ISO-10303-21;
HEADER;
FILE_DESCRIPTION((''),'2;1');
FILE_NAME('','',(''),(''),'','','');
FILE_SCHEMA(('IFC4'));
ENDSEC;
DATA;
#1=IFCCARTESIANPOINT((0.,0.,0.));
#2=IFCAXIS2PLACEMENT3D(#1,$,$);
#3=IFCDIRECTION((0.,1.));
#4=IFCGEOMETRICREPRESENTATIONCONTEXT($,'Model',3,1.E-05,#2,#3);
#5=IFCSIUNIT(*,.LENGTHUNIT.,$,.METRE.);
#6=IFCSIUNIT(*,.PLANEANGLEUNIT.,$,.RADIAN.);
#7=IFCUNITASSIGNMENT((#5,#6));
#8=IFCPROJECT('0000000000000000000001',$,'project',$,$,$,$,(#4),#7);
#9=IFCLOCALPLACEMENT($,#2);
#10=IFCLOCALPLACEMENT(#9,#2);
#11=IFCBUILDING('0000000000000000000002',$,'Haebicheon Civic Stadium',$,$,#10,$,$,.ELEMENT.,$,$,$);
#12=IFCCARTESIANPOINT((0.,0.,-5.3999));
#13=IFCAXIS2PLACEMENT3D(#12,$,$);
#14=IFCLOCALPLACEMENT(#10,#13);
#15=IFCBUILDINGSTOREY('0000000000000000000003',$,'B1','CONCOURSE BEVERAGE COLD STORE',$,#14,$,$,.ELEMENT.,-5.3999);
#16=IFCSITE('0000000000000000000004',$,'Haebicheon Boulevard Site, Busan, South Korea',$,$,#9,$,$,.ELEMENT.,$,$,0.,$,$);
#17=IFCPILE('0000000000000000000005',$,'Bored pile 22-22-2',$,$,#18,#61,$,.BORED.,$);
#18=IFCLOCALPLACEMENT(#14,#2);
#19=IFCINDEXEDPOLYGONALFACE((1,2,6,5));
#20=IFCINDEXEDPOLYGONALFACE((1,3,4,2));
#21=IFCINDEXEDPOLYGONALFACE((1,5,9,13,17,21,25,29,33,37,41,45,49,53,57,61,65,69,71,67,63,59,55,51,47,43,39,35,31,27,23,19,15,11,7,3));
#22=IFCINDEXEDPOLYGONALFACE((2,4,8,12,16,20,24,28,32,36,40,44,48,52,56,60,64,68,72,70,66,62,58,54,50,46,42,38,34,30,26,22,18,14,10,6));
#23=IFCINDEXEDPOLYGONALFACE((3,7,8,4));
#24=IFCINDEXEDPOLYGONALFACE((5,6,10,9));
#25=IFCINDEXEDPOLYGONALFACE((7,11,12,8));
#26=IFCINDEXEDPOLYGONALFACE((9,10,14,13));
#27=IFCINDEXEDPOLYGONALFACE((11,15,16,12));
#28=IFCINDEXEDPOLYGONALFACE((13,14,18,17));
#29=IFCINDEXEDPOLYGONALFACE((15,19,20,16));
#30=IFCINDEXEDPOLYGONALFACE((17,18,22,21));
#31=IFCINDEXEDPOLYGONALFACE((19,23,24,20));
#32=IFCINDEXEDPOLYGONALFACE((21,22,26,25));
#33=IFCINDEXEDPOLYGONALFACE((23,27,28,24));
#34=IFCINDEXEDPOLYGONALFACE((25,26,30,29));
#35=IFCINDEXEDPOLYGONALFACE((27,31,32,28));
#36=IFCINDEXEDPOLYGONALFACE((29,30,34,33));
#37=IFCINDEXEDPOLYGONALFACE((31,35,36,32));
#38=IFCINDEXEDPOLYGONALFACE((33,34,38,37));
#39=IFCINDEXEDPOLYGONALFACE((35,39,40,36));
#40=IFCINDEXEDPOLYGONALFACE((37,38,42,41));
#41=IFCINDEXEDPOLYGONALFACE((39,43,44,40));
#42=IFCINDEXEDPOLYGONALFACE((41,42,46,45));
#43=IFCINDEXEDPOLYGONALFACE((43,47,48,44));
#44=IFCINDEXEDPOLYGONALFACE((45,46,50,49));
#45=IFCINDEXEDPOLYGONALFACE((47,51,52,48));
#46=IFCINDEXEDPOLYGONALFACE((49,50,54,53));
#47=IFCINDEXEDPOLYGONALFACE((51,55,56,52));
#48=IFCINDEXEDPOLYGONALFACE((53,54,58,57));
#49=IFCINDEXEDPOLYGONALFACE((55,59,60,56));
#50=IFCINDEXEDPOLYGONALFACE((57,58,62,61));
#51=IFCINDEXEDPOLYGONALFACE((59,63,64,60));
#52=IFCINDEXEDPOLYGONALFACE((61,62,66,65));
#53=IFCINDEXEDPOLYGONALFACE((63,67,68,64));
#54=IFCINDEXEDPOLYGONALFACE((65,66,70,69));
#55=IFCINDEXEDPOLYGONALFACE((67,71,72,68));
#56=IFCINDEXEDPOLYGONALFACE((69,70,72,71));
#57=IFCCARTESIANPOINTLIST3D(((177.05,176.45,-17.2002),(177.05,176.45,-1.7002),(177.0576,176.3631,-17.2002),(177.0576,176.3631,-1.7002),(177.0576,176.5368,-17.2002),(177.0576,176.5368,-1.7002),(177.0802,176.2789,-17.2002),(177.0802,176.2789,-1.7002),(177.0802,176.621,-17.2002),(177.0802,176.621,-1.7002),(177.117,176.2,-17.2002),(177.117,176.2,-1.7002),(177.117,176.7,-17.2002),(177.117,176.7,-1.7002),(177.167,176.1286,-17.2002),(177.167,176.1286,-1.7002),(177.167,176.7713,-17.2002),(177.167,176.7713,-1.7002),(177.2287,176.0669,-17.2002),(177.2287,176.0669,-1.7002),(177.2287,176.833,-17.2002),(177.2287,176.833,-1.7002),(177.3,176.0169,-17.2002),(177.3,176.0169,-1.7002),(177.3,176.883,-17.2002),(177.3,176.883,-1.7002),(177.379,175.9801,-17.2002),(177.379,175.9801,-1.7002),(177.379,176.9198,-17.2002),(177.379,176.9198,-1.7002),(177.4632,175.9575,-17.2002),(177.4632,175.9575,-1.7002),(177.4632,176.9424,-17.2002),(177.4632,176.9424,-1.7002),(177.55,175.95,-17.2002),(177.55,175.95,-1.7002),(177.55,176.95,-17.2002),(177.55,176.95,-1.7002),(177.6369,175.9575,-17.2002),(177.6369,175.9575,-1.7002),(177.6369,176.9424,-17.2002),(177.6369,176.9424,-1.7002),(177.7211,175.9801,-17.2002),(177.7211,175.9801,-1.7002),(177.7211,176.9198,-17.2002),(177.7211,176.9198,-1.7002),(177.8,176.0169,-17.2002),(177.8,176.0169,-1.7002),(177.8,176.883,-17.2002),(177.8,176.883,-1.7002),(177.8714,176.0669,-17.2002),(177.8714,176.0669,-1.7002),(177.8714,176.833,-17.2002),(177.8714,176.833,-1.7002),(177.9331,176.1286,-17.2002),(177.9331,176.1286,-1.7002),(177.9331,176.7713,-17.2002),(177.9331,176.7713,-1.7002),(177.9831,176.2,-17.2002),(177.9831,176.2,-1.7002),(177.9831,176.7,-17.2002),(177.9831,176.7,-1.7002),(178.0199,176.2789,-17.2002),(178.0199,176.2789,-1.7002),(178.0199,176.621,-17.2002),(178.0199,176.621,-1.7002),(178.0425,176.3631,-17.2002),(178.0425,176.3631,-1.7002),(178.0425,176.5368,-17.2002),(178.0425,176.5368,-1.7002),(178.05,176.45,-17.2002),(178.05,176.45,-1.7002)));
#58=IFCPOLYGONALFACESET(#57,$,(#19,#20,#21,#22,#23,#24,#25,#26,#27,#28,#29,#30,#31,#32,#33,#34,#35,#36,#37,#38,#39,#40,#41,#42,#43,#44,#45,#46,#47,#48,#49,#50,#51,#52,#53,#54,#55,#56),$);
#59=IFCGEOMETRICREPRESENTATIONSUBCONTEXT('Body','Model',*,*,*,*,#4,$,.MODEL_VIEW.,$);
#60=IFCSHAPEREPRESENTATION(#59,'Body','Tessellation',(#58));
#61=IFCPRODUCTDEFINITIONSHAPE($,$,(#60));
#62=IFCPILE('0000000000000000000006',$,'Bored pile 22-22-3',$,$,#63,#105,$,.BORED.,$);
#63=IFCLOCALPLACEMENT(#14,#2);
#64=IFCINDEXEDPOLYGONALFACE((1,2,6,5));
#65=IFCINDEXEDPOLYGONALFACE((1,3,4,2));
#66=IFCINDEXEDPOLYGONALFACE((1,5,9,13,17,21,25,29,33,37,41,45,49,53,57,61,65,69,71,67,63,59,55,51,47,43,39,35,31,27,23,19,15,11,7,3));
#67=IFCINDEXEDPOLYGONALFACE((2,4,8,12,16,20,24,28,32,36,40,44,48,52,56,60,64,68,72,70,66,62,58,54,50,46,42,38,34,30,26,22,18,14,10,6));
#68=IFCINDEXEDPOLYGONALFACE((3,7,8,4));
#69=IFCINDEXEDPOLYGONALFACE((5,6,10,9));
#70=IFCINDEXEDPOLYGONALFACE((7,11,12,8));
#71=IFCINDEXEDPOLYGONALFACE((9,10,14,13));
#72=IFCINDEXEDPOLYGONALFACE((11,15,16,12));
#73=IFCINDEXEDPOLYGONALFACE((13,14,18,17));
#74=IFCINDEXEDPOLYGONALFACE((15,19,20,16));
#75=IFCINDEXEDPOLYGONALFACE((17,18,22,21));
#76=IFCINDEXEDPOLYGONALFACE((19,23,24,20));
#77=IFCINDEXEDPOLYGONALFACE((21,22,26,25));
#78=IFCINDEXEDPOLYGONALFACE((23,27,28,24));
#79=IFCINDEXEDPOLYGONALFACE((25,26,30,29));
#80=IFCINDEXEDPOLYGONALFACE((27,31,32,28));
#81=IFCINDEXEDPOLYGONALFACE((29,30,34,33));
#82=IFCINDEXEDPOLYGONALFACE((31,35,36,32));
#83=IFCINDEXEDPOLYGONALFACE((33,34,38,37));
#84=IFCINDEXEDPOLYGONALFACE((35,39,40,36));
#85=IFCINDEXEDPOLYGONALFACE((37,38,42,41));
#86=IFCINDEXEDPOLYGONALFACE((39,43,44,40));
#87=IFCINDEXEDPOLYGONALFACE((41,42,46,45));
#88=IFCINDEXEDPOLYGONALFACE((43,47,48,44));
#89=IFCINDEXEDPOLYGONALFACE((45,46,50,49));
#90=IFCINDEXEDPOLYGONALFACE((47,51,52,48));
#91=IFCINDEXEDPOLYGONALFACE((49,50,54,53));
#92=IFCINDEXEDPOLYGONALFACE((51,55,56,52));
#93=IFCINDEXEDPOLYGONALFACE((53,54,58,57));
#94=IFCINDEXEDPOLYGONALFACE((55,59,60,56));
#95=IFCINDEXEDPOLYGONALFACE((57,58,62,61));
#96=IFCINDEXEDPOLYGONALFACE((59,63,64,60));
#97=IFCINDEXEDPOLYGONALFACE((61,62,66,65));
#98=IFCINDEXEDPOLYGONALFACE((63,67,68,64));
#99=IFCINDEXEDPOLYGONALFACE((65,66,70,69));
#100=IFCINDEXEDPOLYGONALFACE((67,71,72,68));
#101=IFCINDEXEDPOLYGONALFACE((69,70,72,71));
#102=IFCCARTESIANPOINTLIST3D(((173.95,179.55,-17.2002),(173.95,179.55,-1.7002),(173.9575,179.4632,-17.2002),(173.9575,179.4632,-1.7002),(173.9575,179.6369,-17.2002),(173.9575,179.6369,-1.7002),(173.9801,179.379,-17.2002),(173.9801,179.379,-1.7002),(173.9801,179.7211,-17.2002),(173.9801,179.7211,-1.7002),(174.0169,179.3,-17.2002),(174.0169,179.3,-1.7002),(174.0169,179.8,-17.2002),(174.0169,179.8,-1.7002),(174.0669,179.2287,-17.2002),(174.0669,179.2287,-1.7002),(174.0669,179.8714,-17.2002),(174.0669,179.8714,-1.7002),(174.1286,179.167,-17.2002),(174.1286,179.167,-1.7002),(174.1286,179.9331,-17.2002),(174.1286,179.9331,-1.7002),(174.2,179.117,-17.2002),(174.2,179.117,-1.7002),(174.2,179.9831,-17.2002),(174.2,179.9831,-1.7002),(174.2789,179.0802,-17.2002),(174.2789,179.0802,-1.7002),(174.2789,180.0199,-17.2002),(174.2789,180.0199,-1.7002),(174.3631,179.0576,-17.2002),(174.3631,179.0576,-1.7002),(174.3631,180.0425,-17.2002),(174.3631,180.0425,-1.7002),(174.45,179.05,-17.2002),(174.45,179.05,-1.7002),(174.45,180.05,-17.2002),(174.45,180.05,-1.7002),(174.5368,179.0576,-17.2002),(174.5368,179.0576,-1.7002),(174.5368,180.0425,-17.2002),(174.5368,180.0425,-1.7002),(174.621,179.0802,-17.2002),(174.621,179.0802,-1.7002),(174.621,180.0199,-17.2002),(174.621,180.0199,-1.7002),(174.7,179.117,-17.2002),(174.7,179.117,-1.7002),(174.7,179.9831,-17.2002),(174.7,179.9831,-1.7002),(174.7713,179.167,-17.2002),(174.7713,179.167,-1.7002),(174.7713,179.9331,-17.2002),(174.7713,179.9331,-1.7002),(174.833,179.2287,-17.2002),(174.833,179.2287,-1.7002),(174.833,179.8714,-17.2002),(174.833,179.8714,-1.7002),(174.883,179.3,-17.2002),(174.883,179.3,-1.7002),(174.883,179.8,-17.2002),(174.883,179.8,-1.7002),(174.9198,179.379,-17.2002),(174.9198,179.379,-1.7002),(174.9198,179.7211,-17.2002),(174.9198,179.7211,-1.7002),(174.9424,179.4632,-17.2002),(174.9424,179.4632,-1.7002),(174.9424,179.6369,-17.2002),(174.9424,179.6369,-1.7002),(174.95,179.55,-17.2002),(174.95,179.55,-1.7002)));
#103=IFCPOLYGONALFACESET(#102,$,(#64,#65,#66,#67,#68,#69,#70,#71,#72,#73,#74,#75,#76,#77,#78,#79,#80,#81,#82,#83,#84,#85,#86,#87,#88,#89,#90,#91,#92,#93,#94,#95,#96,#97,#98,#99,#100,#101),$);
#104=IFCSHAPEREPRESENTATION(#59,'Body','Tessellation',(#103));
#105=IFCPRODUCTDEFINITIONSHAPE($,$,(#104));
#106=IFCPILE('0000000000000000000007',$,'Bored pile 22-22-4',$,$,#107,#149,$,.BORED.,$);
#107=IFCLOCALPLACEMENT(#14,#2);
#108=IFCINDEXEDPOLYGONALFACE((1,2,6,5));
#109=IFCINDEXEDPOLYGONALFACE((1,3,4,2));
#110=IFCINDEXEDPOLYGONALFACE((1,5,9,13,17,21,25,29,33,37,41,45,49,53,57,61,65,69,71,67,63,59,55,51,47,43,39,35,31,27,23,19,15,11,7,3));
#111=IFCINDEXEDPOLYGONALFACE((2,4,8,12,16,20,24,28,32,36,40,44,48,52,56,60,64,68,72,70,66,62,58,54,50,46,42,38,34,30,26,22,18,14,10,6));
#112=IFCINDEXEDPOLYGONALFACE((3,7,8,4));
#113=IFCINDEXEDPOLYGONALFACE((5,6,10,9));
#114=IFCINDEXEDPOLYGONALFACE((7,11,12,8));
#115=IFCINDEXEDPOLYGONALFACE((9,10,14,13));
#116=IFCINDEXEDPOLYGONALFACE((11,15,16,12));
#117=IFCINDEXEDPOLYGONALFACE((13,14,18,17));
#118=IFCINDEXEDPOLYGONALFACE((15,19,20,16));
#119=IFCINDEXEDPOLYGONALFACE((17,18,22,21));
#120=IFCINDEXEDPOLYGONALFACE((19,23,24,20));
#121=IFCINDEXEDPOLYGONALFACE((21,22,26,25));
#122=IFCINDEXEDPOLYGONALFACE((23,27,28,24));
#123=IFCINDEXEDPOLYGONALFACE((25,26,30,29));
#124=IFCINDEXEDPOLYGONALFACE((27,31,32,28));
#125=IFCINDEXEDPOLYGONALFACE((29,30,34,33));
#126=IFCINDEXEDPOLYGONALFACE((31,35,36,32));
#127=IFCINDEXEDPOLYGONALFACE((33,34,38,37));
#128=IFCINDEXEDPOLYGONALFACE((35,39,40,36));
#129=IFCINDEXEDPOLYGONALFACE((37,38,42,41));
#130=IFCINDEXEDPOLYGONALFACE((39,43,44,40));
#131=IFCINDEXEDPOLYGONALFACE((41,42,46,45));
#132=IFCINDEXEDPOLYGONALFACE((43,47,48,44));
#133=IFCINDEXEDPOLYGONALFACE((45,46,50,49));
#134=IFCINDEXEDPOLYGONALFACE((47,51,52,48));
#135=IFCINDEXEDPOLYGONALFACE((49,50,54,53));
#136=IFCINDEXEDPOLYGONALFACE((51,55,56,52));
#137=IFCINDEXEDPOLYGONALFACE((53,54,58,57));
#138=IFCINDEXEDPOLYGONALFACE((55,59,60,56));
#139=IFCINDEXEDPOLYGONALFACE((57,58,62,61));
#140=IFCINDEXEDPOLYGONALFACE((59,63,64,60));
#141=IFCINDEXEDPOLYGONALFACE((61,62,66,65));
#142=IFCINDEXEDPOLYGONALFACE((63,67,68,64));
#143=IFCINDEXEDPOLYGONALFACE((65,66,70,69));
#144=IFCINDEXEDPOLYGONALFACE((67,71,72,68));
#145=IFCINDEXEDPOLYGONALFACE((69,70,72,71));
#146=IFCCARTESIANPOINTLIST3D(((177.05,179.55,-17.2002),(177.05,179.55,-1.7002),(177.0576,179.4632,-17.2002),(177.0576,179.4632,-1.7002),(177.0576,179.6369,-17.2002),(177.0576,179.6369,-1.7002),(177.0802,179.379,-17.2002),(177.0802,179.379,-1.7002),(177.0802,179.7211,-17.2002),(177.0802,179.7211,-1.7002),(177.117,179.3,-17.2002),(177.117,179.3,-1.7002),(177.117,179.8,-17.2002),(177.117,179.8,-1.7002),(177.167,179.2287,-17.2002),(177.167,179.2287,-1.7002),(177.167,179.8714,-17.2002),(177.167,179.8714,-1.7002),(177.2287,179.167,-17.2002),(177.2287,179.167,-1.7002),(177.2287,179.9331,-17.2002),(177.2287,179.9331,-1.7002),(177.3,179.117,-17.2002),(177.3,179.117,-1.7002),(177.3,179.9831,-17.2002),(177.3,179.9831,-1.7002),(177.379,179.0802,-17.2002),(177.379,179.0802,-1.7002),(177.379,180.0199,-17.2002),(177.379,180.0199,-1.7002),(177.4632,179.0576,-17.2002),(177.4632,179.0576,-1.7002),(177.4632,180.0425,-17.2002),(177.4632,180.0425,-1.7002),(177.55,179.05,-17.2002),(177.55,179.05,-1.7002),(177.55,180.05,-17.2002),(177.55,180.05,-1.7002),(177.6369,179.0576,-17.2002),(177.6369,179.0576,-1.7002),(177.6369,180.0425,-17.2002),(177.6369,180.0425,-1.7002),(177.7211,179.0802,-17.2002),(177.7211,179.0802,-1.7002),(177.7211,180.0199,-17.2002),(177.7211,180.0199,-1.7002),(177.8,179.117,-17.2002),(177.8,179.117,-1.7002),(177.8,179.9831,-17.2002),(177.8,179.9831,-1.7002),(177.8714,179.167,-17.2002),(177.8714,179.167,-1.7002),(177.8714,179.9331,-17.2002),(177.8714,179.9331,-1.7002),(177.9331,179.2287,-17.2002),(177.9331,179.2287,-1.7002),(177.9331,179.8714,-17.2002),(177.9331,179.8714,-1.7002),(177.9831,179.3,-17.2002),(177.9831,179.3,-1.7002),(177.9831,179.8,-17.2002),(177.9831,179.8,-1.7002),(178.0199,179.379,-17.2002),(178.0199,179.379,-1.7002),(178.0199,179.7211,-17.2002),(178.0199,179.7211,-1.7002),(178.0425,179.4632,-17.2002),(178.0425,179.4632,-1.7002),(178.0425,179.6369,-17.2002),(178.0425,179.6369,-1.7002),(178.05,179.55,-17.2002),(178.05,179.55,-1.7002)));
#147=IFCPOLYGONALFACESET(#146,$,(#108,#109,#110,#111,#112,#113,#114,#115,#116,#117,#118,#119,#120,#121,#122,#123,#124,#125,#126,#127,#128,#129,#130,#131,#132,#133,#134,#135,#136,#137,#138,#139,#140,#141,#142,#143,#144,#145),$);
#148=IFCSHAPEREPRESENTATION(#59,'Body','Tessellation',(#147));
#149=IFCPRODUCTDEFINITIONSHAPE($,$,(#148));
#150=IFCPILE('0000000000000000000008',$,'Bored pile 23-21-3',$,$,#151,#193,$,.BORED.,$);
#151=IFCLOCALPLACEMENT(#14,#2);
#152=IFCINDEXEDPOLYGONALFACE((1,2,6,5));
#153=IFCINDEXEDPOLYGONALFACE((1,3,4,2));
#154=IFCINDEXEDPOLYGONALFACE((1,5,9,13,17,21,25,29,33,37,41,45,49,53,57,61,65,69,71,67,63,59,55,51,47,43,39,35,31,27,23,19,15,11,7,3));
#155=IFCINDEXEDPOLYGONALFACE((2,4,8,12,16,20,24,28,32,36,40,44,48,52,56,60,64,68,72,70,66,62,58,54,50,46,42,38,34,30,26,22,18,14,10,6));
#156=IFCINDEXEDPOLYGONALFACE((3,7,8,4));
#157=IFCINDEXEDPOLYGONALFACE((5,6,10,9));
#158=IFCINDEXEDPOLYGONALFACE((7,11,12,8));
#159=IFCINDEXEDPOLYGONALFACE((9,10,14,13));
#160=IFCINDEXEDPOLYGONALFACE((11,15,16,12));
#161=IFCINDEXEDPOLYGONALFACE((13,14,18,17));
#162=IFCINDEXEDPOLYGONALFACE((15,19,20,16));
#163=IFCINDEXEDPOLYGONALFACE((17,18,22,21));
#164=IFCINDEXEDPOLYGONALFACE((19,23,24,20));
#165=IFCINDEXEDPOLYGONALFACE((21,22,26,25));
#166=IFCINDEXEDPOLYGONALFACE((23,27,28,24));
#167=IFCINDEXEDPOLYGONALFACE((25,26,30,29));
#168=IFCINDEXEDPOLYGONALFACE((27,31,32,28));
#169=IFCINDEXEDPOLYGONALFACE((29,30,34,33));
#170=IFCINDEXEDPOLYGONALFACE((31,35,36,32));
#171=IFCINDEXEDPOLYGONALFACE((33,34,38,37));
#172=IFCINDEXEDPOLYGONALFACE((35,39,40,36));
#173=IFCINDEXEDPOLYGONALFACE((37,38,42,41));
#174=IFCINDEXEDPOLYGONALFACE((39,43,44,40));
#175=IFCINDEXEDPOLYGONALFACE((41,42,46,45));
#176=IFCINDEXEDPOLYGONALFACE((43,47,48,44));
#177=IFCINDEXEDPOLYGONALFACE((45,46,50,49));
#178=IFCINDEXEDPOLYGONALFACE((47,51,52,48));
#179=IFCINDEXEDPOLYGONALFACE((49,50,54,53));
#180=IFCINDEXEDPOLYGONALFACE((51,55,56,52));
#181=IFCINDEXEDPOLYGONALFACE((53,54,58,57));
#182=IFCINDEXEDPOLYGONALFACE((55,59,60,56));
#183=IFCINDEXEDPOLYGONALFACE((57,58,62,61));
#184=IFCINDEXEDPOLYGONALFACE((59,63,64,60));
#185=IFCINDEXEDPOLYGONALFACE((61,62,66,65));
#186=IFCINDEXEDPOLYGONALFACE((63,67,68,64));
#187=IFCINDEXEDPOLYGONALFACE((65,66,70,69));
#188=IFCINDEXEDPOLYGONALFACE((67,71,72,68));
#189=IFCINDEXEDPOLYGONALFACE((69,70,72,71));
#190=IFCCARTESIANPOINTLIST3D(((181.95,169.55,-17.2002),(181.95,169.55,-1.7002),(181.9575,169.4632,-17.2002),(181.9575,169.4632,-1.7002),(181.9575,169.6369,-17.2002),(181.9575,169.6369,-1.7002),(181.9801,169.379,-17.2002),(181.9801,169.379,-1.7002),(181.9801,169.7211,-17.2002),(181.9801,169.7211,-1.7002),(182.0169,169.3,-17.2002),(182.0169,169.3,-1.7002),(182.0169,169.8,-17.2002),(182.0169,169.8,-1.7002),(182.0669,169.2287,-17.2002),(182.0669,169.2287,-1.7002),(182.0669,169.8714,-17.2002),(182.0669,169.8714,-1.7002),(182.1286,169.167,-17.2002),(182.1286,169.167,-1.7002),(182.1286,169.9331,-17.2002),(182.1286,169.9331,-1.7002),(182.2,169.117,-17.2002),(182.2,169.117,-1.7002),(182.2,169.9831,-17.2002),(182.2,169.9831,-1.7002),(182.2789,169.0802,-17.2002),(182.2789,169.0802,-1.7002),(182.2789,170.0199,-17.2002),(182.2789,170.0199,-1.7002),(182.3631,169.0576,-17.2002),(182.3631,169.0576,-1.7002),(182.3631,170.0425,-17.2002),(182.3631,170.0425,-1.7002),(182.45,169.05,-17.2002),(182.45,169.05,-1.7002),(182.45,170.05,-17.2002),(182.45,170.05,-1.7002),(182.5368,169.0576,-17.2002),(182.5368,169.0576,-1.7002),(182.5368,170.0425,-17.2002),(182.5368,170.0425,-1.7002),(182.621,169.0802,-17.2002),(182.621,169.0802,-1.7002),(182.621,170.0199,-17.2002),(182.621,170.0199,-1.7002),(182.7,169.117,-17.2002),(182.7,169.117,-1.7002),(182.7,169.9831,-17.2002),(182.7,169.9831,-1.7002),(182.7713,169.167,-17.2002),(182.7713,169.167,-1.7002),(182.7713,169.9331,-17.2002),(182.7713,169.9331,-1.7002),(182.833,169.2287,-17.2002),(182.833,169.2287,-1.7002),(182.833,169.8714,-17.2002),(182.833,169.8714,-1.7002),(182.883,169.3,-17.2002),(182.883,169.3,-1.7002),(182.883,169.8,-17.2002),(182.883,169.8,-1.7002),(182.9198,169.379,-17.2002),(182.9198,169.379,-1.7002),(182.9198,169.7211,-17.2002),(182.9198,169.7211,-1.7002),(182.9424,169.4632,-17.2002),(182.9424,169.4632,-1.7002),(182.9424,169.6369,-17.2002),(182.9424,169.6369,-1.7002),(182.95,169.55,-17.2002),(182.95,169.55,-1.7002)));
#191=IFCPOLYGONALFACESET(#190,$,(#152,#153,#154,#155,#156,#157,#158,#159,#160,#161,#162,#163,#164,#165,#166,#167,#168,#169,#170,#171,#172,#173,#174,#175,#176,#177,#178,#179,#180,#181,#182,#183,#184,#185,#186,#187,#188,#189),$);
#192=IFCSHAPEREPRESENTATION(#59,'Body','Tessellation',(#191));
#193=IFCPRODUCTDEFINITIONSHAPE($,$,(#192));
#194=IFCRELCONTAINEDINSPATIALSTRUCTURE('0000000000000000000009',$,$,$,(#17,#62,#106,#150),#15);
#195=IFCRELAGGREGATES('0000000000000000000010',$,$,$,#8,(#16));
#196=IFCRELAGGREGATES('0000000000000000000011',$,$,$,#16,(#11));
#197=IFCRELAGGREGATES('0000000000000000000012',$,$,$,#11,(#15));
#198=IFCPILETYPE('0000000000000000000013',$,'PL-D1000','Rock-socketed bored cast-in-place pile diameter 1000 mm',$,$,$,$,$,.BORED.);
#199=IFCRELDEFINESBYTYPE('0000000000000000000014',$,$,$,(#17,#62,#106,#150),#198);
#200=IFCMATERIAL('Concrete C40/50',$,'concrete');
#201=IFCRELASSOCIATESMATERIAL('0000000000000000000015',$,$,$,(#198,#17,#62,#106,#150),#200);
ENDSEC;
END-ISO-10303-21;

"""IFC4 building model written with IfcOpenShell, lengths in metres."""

from ifc_helpers import new_model, si_unit, direction, frame, origin, origin_2d, place, context, subcontext, project, spatial, circle, extrude, material, material_profile, profile_set, type_object, element, save


model = new_model("IFC4")

# Units and contexts
model_context = context("Model", 3, precision=1e-05, world=origin(), true_north=direction((0.0, 1.0)))
body_context = subcontext(model_context, "Body", "Model", "MODEL_VIEW")
ifc_project = project(units=[si_unit("LENGTHUNIT", "METRE"), si_unit("PLANEANGLEUNIT", "RADIAN")], contexts=[model_context])

# Site, building, storey
site_placement = place(None, origin())
site = spatial("IfcSite", under=ifc_project, at=site_placement, Name="Haebicheon Boulevard Site, Busan, South Korea", CompositionType="ELEMENT", RefElevation=0.0)
building_placement = place(site_placement, origin())
building = spatial("IfcBuilding", under=site, at=building_placement, Name="Haebicheon Civic Stadium", CompositionType="ELEMENT")
storey_placement = place(building_placement, frame((0.0, 0.0, -5.3999)))
storey = spatial("IfcBuildingStorey", under=building, at=storey_placement, Name="B1", Description="CONCOURSE BEVERAGE COLD STORE", CompositionType="ELEMENT", Elevation=-5.3999)

# Piles
ifc_material_1 = material(Name="Concrete C40/50", Category="concrete")
ifc_material_profile_1 = material_profile(ifc_material_1, circle(Radius=0.5, at=origin_2d()), Name="PILE-D1000")
ifc_profile_set_1 = profile_set([ifc_material_profile_1], Name="Concrete C40/50")
pile_type = type_object("IfcPileType", Name="PL-D1000", Description="Rock-socketed bored cast-in-place pile diameter 1000 mm", PredefinedType="BORED", material=ifc_profile_set_1)
for number, where, z_axis, x_axis, name in (
    (1, (177.55, 176.45, -1.7002), (0.0, 0.0, -1.0), (1.0, 0.0, 0.0), "Bored pile 22-22-2"),
    (2, (174.45, 179.55, -1.7002), (0.0, 0.0, -1.0), (1.0, 0.0, 0.0), "Bored pile 22-22-3"),
    (3, (177.55, 179.55, -1.7002), (0.0, 0.0, -1.0), (1.0, 0.0, 0.0), "Bored pile 22-22-4"),
    (4, (182.45, 169.55, -1.7002), (0.0, 0.0, -1.0), (1.0, 0.0, 0.0), "Bored pile 23-21-3"),
):
    element("IfcPile", number, at=place(storey_placement, frame(where, z_axis=z_axis, x_axis=x_axis)), inside=storey, type_object=pile_type, material=ifc_profile_set_1, Name=name, PredefinedType="BORED", context=body_context, shape_type="SweptSolid", body=[
        extrude(circle(Radius=0.5, at=origin_2d()), origin(), (0.0, 0.0, 1.0), 15.5),
    ])

save(model, "model.ifc")
